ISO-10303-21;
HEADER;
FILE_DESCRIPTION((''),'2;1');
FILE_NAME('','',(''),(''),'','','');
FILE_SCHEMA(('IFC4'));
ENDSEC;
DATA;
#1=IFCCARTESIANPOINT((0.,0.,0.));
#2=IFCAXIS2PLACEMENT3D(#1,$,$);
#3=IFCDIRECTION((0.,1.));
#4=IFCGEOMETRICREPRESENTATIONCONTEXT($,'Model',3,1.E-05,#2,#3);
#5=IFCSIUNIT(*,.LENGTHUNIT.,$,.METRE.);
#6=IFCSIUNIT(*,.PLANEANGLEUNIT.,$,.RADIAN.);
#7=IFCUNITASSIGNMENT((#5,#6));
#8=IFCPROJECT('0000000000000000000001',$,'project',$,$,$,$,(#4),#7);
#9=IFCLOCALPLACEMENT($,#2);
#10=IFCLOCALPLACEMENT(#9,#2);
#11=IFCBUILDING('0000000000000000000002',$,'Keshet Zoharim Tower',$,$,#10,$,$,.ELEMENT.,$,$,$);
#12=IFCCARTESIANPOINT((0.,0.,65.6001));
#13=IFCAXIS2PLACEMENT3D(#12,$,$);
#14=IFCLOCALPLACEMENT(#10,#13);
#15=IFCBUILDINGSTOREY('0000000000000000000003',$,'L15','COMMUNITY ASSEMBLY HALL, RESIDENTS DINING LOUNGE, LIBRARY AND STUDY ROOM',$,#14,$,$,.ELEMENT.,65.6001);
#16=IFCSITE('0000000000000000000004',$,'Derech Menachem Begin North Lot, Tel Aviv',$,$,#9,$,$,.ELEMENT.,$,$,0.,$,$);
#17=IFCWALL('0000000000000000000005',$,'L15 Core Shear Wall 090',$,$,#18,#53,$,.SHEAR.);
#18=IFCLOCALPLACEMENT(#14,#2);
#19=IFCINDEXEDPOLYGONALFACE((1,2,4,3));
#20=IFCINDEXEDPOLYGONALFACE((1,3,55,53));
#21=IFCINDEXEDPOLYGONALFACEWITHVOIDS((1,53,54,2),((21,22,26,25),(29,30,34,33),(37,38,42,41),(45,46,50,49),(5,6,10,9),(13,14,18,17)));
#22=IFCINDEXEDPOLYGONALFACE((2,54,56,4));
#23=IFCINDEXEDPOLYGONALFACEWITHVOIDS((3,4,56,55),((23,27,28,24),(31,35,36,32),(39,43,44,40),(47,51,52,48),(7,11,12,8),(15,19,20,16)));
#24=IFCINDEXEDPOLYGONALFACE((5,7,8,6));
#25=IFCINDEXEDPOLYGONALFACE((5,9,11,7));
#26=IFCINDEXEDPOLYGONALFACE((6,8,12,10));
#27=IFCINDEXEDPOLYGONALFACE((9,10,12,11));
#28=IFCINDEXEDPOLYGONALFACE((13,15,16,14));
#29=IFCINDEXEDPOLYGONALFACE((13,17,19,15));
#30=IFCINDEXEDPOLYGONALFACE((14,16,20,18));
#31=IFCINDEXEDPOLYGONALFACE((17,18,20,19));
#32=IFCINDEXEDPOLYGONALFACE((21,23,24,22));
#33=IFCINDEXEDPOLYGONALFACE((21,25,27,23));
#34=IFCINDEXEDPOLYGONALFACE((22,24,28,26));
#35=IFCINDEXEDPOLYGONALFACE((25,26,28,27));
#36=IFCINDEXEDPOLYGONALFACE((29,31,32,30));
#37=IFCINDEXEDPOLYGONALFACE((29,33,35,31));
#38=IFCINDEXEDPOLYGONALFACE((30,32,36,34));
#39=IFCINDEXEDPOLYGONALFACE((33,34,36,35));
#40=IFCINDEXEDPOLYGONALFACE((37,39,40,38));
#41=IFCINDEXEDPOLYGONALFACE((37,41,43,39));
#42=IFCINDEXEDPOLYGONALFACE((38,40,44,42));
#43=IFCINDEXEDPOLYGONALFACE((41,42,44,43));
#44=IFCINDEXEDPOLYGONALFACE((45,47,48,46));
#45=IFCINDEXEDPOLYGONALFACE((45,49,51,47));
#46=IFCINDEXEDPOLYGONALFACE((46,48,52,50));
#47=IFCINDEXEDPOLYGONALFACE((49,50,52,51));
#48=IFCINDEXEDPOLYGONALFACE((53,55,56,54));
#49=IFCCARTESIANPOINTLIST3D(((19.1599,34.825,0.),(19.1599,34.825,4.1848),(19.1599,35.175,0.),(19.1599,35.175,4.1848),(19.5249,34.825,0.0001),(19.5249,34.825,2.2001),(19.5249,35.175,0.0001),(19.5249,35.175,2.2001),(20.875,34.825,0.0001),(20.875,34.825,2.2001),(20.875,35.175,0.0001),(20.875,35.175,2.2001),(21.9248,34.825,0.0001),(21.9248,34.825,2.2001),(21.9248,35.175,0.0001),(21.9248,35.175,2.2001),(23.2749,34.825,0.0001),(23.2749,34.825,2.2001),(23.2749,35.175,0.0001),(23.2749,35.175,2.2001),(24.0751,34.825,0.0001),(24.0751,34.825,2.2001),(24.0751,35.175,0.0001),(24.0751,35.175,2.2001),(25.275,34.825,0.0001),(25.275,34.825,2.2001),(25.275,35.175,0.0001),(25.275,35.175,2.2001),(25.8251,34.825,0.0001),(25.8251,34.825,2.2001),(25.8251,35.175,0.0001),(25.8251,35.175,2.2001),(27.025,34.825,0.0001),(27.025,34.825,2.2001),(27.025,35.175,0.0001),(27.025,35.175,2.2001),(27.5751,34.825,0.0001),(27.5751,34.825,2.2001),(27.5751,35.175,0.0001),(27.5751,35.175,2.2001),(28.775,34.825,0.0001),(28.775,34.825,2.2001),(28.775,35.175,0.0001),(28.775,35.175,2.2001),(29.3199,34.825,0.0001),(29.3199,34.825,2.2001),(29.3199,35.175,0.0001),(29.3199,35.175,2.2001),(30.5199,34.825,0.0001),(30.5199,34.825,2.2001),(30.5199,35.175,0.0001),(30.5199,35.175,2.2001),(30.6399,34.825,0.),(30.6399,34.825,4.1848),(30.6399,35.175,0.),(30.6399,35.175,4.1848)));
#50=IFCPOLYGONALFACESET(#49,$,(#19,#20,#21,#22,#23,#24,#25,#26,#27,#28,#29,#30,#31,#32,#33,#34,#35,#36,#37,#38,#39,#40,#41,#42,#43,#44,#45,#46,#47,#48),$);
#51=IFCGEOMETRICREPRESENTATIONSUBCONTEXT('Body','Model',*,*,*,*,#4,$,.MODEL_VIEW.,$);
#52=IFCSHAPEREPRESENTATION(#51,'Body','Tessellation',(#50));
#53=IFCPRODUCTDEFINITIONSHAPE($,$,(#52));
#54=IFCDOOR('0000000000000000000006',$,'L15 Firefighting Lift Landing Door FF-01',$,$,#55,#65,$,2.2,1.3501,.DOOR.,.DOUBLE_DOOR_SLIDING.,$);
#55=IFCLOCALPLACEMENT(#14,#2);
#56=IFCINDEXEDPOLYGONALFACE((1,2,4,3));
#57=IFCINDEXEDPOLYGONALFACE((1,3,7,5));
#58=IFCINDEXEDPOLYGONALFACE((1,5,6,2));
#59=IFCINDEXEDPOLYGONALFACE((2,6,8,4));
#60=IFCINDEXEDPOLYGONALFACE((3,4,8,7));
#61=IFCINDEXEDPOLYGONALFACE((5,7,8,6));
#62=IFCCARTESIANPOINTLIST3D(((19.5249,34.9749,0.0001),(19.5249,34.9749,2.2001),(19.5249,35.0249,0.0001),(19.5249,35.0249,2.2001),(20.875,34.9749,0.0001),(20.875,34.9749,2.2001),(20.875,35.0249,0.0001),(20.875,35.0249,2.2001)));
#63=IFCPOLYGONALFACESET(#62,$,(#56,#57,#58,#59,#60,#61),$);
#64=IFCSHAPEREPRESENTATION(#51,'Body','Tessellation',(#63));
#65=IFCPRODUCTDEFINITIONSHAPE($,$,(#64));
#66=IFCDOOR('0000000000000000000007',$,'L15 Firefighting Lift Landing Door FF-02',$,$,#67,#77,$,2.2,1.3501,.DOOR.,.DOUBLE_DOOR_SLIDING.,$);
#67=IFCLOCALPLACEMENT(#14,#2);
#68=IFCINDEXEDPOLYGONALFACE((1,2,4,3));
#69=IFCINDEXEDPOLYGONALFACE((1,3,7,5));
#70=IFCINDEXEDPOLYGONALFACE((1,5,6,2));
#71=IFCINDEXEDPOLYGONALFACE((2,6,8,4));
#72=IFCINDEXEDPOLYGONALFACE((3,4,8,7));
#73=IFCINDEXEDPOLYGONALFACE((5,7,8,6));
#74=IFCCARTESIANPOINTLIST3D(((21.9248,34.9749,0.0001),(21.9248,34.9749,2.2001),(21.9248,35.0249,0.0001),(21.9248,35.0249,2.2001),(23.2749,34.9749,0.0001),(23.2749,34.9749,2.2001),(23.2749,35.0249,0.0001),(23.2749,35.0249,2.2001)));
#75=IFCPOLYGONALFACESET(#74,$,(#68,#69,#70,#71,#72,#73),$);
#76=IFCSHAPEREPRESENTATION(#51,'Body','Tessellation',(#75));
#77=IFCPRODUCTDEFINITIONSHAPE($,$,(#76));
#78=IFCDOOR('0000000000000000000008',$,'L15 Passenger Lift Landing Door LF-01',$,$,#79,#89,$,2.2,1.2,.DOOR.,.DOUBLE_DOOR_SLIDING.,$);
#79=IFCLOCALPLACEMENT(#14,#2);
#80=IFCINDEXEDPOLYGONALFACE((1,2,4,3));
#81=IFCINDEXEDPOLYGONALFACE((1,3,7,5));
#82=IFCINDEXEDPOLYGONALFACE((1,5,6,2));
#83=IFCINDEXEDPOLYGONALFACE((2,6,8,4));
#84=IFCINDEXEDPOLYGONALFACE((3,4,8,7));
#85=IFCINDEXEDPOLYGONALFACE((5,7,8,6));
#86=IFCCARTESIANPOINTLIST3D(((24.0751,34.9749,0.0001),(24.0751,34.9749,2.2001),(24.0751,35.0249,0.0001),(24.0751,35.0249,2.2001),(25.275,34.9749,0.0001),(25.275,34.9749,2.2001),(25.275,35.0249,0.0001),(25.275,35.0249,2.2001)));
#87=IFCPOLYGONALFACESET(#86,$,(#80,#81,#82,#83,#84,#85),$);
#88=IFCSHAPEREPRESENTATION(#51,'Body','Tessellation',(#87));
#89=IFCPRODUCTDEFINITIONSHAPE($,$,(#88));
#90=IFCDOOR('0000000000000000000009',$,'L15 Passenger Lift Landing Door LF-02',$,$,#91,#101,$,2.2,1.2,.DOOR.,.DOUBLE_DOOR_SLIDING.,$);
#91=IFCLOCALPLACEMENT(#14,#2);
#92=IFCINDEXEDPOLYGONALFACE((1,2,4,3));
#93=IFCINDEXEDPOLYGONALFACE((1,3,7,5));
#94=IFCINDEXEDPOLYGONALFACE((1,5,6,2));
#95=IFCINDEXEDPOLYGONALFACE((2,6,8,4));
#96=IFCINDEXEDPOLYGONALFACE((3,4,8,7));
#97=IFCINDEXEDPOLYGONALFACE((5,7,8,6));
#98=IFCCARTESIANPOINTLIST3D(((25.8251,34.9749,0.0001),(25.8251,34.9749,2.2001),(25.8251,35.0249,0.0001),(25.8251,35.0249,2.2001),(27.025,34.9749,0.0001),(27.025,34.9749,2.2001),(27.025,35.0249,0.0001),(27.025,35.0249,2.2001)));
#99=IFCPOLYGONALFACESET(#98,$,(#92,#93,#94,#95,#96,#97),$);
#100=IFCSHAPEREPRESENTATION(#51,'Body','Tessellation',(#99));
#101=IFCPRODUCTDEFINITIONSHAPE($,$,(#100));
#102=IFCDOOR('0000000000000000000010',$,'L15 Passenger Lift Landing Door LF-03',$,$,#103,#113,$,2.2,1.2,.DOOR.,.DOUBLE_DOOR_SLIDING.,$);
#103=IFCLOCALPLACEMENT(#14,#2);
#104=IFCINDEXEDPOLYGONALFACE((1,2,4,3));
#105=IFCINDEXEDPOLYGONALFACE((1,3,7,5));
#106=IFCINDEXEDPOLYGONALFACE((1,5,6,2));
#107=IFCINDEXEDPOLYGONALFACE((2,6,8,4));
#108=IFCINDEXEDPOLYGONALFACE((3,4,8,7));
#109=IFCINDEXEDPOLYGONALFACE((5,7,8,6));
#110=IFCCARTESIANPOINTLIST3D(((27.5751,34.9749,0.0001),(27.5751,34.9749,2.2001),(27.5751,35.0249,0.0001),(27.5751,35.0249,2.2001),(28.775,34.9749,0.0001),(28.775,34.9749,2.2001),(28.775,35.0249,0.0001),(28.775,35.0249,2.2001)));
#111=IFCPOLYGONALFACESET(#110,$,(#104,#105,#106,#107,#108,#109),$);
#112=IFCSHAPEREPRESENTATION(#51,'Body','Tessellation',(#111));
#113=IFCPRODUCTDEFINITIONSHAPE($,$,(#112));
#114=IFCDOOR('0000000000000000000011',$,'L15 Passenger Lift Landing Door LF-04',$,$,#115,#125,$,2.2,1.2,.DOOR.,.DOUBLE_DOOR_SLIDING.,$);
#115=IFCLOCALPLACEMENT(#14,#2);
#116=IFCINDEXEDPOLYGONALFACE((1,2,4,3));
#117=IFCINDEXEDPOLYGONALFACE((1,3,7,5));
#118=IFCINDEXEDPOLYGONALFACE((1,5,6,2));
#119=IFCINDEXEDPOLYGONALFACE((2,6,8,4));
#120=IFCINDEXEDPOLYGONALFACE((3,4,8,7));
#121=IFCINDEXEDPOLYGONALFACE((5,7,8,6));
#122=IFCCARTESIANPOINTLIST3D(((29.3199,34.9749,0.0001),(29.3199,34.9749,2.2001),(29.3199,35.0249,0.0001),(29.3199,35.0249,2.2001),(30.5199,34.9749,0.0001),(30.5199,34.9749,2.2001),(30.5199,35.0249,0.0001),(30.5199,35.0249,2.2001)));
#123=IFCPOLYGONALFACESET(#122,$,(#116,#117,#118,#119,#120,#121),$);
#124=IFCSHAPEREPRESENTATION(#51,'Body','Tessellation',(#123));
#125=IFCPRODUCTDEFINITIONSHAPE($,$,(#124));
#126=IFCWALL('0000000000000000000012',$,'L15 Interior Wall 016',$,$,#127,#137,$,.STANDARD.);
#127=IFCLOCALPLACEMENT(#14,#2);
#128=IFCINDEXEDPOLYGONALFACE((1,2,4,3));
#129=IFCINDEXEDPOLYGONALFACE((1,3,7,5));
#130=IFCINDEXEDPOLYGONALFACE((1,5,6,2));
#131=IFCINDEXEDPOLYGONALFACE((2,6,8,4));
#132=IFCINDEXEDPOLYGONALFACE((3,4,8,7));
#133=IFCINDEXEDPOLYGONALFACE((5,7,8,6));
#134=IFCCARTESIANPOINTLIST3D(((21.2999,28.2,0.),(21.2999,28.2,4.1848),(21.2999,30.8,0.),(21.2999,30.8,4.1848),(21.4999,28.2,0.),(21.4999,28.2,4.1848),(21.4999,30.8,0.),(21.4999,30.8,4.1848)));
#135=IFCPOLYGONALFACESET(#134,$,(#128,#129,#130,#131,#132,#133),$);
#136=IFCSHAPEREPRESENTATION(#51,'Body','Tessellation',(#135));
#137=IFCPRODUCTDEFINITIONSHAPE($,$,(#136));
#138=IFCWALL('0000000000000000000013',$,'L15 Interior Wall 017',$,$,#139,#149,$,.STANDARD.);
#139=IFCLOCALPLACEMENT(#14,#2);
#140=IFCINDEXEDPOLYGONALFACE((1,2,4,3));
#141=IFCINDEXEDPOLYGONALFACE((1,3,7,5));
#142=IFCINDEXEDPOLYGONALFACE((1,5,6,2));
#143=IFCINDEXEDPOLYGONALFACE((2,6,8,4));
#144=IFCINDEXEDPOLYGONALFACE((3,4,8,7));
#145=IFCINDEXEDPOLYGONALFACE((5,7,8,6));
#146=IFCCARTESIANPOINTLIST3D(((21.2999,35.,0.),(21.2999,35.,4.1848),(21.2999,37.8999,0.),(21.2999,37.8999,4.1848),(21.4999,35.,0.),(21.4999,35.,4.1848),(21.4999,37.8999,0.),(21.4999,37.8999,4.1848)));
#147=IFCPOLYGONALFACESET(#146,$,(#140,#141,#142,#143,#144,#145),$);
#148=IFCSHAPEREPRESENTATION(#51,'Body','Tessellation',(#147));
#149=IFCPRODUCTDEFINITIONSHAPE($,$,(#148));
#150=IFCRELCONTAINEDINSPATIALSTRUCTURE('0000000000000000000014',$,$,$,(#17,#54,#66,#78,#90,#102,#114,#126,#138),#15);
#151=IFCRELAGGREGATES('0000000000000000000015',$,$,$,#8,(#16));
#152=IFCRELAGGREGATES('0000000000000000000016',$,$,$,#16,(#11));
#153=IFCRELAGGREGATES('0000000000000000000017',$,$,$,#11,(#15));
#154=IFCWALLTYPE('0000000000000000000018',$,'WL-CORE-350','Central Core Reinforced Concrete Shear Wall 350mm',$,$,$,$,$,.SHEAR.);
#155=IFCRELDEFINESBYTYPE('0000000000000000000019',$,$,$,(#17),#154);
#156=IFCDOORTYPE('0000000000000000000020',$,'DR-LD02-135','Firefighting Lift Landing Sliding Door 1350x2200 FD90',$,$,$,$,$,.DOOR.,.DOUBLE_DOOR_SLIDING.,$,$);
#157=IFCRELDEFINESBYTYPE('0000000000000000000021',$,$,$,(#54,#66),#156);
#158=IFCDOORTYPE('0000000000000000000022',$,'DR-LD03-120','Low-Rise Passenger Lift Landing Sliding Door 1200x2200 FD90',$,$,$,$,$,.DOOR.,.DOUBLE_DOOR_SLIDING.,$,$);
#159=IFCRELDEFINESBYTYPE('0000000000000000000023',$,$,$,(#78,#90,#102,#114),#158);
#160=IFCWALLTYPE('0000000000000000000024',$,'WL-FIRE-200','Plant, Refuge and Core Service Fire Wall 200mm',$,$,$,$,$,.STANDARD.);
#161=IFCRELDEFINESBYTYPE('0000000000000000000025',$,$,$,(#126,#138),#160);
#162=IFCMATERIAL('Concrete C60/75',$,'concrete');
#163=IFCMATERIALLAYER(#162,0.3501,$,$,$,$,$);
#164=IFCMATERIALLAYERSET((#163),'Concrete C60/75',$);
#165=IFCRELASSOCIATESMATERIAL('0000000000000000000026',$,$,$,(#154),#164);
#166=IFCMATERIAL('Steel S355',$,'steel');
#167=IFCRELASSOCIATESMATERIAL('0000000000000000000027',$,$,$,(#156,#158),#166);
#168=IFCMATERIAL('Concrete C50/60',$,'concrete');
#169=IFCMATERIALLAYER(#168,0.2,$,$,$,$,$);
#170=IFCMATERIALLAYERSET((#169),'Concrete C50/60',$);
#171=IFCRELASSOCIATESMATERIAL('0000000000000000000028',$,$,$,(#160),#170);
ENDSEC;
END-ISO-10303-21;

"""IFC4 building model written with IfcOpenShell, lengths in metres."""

from ifc_helpers import new_model, si_unit, direction, frame, frame_2d, origin, place, context, subcontext, project, spatial, rectangle, extrude, material, layer, layer_set, type_object, element, fill, save


model = new_model("IFC4")

# Units and contexts
model_context = context("Model", 3, precision=1e-05, world=origin(), true_north=direction((0.0, 1.0)))
body_context = subcontext(model_context, "Body", "Model", "MODEL_VIEW")
ifc_project = project(units=[si_unit("LENGTHUNIT", "METRE"), si_unit("PLANEANGLEUNIT", "RADIAN")], contexts=[model_context])

# Site, building, storey
site_placement = place(None, origin())
site = spatial("IfcSite", under=ifc_project, at=site_placement, Name="Derech Menachem Begin North Lot, Tel Aviv", CompositionType="ELEMENT", RefElevation=0.0)
building_placement = place(site_placement, origin())
building = spatial("IfcBuilding", under=site, at=building_placement, Name="Keshet Zoharim Tower", CompositionType="ELEMENT")
storey_placement = place(building_placement, frame((0.0, 0.0, 65.6001)))
storey = spatial("IfcBuildingStorey", under=building, at=storey_placement, Name="L15", Description="COMMUNITY ASSEMBLY HALL, RESIDENTS DINING LOUNGE, LIBRARY AND STUDY ROOM", CompositionType="ELEMENT", Elevation=65.6001)

# Shared definitions
ifc_material_1 = material(Name="Concrete C60/75", Category="concrete")
ifc_layer_1 = layer(ifc_material_1, 0.3501)
ifc_layer_set_1 = layer_set([ifc_layer_1], Name="Concrete C60/75")
wall_type_1 = type_object("IfcWallType", Name="WL-CORE-350", Description="Central Core Reinforced Concrete Shear Wall 350mm", PredefinedType="SHEAR", material=ifc_layer_set_1)

# Shared definitions
ifc_material_2 = material(Name="Steel S355", Category="steel")

# Wall, openings, doors
wall_1_placement = place(storey_placement, frame((19.1599, 35.0, 0.0), z_axis=(0.0, 0.0, 1.0), x_axis=(1.0, 0.0, 0.0)))
wall_1 = element("IfcWall", 1, at=wall_1_placement, inside=storey, type_object=wall_type_1, Name="L15 Core Shear Wall 090", PredefinedType="SHEAR", context=body_context, shape_type="SweptSolid", body=[
    extrude(rectangle(XDim=11.48, YDim=0.3501, at=frame_2d((5.74, 0.0))), origin(), (0.0, 0.0, 1.0), 4.1848),
])
opening_1_placement = place(wall_1_placement, frame((0.365, 0.0, 0.0)))
opening_1 = element("IfcOpeningElement", 2, at=opening_1_placement, cuts=wall_1, PredefinedType="OPENING", context=body_context, shape_type="SweptSolid", body=[
    extrude(rectangle(XDim=1.3501, YDim=2.2, at=frame_2d((0.675, 1.1001))), frame((0.0, 0.1851, 0.0), z_axis=(0.0, -1.0, 0.0), x_axis=(1.0, 0.0, 0.0)), (0.0, 0.0, 1.0), 0.3701),
])
opening_2_placement = place(wall_1_placement, frame((2.7649, 0.0, 0.0)))
opening_2 = element("IfcOpeningElement", 3, at=opening_2_placement, cuts=wall_1, PredefinedType="OPENING", context=body_context, shape_type="SweptSolid", body=[
    extrude(rectangle(XDim=1.3501, YDim=2.2, at=frame_2d((0.675, 1.1001))), frame((0.0, 0.1851, 0.0), z_axis=(0.0, -1.0, 0.0), x_axis=(1.0, 0.0, 0.0)), (0.0, 0.0, 1.0), 0.3701),
])
opening_3_placement = place(wall_1_placement, frame((4.915, 0.0, 0.0)))
opening_3 = element("IfcOpeningElement", 4, at=opening_3_placement, cuts=wall_1, PredefinedType="OPENING", context=body_context, shape_type="SweptSolid", body=[
    extrude(rectangle(XDim=1.2, YDim=2.2, at=frame_2d((0.6001, 1.1001))), frame((0.0, 0.1851, 0.0), z_axis=(0.0, -1.0, 0.0), x_axis=(1.0, 0.0, 0.0)), (0.0, 0.0, 1.0), 0.3701),
])
opening_4_placement = place(wall_1_placement, frame((6.665, 0.0, 0.0)))
opening_4 = element("IfcOpeningElement", 5, at=opening_4_placement, cuts=wall_1, PredefinedType="OPENING", context=body_context, shape_type="SweptSolid", body=[
    extrude(rectangle(XDim=1.2, YDim=2.2, at=frame_2d((0.6001, 1.1001))), frame((0.0, 0.1851, 0.0), z_axis=(0.0, -1.0, 0.0), x_axis=(1.0, 0.0, 0.0)), (0.0, 0.0, 1.0), 0.3701),
])
opening_5_placement = place(wall_1_placement, frame((8.415, 0.0, 0.0)))
opening_5 = element("IfcOpeningElement", 6, at=opening_5_placement, cuts=wall_1, PredefinedType="OPENING", context=body_context, shape_type="SweptSolid", body=[
    extrude(rectangle(XDim=1.2, YDim=2.2, at=frame_2d((0.6001, 1.1001))), frame((0.0, 0.1851, 0.0), z_axis=(0.0, -1.0, 0.0), x_axis=(1.0, 0.0, 0.0)), (0.0, 0.0, 1.0), 0.3701),
])
opening_6_placement = place(wall_1_placement, frame((10.1599, 0.0, 0.0)))
opening_6 = element("IfcOpeningElement", 7, at=opening_6_placement, cuts=wall_1, PredefinedType="OPENING", context=body_context, shape_type="SweptSolid", body=[
    extrude(rectangle(XDim=1.2, YDim=2.2, at=frame_2d((0.6001, 1.1001))), frame((0.0, 0.1851, 0.0), z_axis=(0.0, -1.0, 0.0), x_axis=(1.0, 0.0, 0.0)), (0.0, 0.0, 1.0), 0.3701),
])
door_type_1 = type_object("IfcDoorType", Name="DR-LD02-135", Description="Firefighting Lift Landing Sliding Door 1350x2200 FD90", OperationType="DOUBLE_DOOR_SLIDING", PredefinedType="DOOR", material=ifc_material_2)
door_1_placement = place(opening_1_placement, origin())
door_1 = element("IfcDoor", 8, at=door_1_placement, inside=storey, type_object=door_type_1, Name="L15 Firefighting Lift Landing Door FF-01", OperationType="DOUBLE_DOOR_SLIDING", OverallHeight=2.2, OverallWidth=1.3501, PredefinedType="DOOR", context=body_context, shape_type="SweptSolid", body=[
    extrude(rectangle(XDim=1.3501, YDim=2.2, at=frame_2d((0.675, 1.1001))), frame((0.0, 0.0249, 0.0), z_axis=(0.0, -1.0, 0.0), x_axis=(1.0, 0.0, 0.0)), (0.0, 0.0, 1.0), 0.05),
])
fill(opening_1, door_1)
door_2_placement = place(opening_2_placement, origin())
door_2 = element("IfcDoor", 9, at=door_2_placement, inside=storey, type_object=door_type_1, Name="L15 Firefighting Lift Landing Door FF-02", OperationType="DOUBLE_DOOR_SLIDING", OverallHeight=2.2, OverallWidth=1.3501, PredefinedType="DOOR", context=body_context, shape_type="SweptSolid", body=[
    extrude(rectangle(XDim=1.3501, YDim=2.2, at=frame_2d((0.675, 1.1001))), frame((0.0, 0.0249, 0.0), z_axis=(0.0, -1.0, 0.0), x_axis=(1.0, 0.0, 0.0)), (0.0, 0.0, 1.0), 0.05),
])
fill(opening_2, door_2)
door_type_2 = type_object("IfcDoorType", Name="DR-LD03-120", Description="Low-Rise Passenger Lift Landing Sliding Door 1200x2200 FD90", OperationType="DOUBLE_DOOR_SLIDING", PredefinedType="DOOR", material=ifc_material_2)
door_3_placement = place(opening_3_placement, origin())
door_3 = element("IfcDoor", 10, at=door_3_placement, inside=storey, type_object=door_type_2, Name="L15 Passenger Lift Landing Door LF-01", OperationType="DOUBLE_DOOR_SLIDING", OverallHeight=2.2, OverallWidth=1.2, PredefinedType="DOOR", context=body_context, shape_type="SweptSolid", body=[
    extrude(rectangle(XDim=1.2, YDim=2.2, at=frame_2d((0.6001, 1.1001))), frame((0.0, 0.0249, 0.0), z_axis=(0.0, -1.0, 0.0), x_axis=(1.0, 0.0, 0.0)), (0.0, 0.0, 1.0), 0.05),
])
fill(opening_3, door_3)
door_4_placement = place(opening_4_placement, origin())
door_4 = element("IfcDoor", 11, at=door_4_placement, inside=storey, type_object=door_type_2, Name="L15 Passenger Lift Landing Door LF-02", OperationType="DOUBLE_DOOR_SLIDING", OverallHeight=2.2, OverallWidth=1.2, PredefinedType="DOOR", context=body_context, shape_type="SweptSolid", body=[
    extrude(rectangle(XDim=1.2, YDim=2.2, at=frame_2d((0.6001, 1.1001))), frame((0.0, 0.0249, 0.0), z_axis=(0.0, -1.0, 0.0), x_axis=(1.0, 0.0, 0.0)), (0.0, 0.0, 1.0), 0.05),
])
fill(opening_4, door_4)
door_5_placement = place(opening_5_placement, origin())
door_5 = element("IfcDoor", 12, at=door_5_placement, inside=storey, type_object=door_type_2, Name="L15 Passenger Lift Landing Door LF-03", OperationType="DOUBLE_DOOR_SLIDING", OverallHeight=2.2, OverallWidth=1.2, PredefinedType="DOOR", context=body_context, shape_type="SweptSolid", body=[
    extrude(rectangle(XDim=1.2, YDim=2.2, at=frame_2d((0.6001, 1.1001))), frame((0.0, 0.0249, 0.0), z_axis=(0.0, -1.0, 0.0), x_axis=(1.0, 0.0, 0.0)), (0.0, 0.0, 1.0), 0.05),
])
fill(opening_5, door_5)
door_6_placement = place(opening_6_placement, origin())
door_6 = element("IfcDoor", 13, at=door_6_placement, inside=storey, type_object=door_type_2, Name="L15 Passenger Lift Landing Door LF-04", OperationType="DOUBLE_DOOR_SLIDING", OverallHeight=2.2, OverallWidth=1.2, PredefinedType="DOOR", context=body_context, shape_type="SweptSolid", body=[
    extrude(rectangle(XDim=1.2, YDim=2.2, at=frame_2d((0.6001, 1.1001))), frame((0.0, 0.0249, 0.0), z_axis=(0.0, -1.0, 0.0), x_axis=(1.0, 0.0, 0.0)), (0.0, 0.0, 1.0), 0.05),
])
fill(opening_6, door_6)

# Walls
ifc_material_3 = material(Name="Concrete C50/60", Category="concrete")
ifc_layer_2 = layer(ifc_material_3, 0.2)
ifc_layer_set_2 = layer_set([ifc_layer_2], Name="Concrete C50/60")
wall_type_2 = type_object("IfcWallType", Name="WL-FIRE-200", Description="Plant, Refuge and Core Service Fire Wall 200mm", PredefinedType="STANDARD", material=ifc_layer_set_2)
wall_2_placement = place(storey_placement, frame((21.3999, 28.2, 0.0), z_axis=(0.0, 0.0, 1.0), x_axis=(0.0, 1.0, 0.0)))
element("IfcWall", 14, at=wall_2_placement, inside=storey, type_object=wall_type_2, Name="L15 Interior Wall 016", PredefinedType="STANDARD", context=body_context, shape_type="SweptSolid", body=[
    extrude(rectangle(XDim=2.6001, YDim=0.2, at=frame_2d((1.3, 0.0))), origin(), (0.0, 0.0, 1.0), 4.1848),
])
wall_3_placement = place(storey_placement, frame((21.3999, 35.0, 0.0), z_axis=(0.0, 0.0, 1.0), x_axis=(0.0, 1.0, 0.0)))
element("IfcWall", 15, at=wall_3_placement, inside=storey, type_object=wall_type_2, Name="L15 Interior Wall 017", PredefinedType="STANDARD", context=body_context, shape_type="SweptSolid", body=[
    extrude(rectangle(XDim=2.8999, YDim=0.2, at=frame_2d((1.45, 0.0))), origin(), (0.0, 0.0, 1.0), 4.1848),
])

save(model, "model.ifc")
